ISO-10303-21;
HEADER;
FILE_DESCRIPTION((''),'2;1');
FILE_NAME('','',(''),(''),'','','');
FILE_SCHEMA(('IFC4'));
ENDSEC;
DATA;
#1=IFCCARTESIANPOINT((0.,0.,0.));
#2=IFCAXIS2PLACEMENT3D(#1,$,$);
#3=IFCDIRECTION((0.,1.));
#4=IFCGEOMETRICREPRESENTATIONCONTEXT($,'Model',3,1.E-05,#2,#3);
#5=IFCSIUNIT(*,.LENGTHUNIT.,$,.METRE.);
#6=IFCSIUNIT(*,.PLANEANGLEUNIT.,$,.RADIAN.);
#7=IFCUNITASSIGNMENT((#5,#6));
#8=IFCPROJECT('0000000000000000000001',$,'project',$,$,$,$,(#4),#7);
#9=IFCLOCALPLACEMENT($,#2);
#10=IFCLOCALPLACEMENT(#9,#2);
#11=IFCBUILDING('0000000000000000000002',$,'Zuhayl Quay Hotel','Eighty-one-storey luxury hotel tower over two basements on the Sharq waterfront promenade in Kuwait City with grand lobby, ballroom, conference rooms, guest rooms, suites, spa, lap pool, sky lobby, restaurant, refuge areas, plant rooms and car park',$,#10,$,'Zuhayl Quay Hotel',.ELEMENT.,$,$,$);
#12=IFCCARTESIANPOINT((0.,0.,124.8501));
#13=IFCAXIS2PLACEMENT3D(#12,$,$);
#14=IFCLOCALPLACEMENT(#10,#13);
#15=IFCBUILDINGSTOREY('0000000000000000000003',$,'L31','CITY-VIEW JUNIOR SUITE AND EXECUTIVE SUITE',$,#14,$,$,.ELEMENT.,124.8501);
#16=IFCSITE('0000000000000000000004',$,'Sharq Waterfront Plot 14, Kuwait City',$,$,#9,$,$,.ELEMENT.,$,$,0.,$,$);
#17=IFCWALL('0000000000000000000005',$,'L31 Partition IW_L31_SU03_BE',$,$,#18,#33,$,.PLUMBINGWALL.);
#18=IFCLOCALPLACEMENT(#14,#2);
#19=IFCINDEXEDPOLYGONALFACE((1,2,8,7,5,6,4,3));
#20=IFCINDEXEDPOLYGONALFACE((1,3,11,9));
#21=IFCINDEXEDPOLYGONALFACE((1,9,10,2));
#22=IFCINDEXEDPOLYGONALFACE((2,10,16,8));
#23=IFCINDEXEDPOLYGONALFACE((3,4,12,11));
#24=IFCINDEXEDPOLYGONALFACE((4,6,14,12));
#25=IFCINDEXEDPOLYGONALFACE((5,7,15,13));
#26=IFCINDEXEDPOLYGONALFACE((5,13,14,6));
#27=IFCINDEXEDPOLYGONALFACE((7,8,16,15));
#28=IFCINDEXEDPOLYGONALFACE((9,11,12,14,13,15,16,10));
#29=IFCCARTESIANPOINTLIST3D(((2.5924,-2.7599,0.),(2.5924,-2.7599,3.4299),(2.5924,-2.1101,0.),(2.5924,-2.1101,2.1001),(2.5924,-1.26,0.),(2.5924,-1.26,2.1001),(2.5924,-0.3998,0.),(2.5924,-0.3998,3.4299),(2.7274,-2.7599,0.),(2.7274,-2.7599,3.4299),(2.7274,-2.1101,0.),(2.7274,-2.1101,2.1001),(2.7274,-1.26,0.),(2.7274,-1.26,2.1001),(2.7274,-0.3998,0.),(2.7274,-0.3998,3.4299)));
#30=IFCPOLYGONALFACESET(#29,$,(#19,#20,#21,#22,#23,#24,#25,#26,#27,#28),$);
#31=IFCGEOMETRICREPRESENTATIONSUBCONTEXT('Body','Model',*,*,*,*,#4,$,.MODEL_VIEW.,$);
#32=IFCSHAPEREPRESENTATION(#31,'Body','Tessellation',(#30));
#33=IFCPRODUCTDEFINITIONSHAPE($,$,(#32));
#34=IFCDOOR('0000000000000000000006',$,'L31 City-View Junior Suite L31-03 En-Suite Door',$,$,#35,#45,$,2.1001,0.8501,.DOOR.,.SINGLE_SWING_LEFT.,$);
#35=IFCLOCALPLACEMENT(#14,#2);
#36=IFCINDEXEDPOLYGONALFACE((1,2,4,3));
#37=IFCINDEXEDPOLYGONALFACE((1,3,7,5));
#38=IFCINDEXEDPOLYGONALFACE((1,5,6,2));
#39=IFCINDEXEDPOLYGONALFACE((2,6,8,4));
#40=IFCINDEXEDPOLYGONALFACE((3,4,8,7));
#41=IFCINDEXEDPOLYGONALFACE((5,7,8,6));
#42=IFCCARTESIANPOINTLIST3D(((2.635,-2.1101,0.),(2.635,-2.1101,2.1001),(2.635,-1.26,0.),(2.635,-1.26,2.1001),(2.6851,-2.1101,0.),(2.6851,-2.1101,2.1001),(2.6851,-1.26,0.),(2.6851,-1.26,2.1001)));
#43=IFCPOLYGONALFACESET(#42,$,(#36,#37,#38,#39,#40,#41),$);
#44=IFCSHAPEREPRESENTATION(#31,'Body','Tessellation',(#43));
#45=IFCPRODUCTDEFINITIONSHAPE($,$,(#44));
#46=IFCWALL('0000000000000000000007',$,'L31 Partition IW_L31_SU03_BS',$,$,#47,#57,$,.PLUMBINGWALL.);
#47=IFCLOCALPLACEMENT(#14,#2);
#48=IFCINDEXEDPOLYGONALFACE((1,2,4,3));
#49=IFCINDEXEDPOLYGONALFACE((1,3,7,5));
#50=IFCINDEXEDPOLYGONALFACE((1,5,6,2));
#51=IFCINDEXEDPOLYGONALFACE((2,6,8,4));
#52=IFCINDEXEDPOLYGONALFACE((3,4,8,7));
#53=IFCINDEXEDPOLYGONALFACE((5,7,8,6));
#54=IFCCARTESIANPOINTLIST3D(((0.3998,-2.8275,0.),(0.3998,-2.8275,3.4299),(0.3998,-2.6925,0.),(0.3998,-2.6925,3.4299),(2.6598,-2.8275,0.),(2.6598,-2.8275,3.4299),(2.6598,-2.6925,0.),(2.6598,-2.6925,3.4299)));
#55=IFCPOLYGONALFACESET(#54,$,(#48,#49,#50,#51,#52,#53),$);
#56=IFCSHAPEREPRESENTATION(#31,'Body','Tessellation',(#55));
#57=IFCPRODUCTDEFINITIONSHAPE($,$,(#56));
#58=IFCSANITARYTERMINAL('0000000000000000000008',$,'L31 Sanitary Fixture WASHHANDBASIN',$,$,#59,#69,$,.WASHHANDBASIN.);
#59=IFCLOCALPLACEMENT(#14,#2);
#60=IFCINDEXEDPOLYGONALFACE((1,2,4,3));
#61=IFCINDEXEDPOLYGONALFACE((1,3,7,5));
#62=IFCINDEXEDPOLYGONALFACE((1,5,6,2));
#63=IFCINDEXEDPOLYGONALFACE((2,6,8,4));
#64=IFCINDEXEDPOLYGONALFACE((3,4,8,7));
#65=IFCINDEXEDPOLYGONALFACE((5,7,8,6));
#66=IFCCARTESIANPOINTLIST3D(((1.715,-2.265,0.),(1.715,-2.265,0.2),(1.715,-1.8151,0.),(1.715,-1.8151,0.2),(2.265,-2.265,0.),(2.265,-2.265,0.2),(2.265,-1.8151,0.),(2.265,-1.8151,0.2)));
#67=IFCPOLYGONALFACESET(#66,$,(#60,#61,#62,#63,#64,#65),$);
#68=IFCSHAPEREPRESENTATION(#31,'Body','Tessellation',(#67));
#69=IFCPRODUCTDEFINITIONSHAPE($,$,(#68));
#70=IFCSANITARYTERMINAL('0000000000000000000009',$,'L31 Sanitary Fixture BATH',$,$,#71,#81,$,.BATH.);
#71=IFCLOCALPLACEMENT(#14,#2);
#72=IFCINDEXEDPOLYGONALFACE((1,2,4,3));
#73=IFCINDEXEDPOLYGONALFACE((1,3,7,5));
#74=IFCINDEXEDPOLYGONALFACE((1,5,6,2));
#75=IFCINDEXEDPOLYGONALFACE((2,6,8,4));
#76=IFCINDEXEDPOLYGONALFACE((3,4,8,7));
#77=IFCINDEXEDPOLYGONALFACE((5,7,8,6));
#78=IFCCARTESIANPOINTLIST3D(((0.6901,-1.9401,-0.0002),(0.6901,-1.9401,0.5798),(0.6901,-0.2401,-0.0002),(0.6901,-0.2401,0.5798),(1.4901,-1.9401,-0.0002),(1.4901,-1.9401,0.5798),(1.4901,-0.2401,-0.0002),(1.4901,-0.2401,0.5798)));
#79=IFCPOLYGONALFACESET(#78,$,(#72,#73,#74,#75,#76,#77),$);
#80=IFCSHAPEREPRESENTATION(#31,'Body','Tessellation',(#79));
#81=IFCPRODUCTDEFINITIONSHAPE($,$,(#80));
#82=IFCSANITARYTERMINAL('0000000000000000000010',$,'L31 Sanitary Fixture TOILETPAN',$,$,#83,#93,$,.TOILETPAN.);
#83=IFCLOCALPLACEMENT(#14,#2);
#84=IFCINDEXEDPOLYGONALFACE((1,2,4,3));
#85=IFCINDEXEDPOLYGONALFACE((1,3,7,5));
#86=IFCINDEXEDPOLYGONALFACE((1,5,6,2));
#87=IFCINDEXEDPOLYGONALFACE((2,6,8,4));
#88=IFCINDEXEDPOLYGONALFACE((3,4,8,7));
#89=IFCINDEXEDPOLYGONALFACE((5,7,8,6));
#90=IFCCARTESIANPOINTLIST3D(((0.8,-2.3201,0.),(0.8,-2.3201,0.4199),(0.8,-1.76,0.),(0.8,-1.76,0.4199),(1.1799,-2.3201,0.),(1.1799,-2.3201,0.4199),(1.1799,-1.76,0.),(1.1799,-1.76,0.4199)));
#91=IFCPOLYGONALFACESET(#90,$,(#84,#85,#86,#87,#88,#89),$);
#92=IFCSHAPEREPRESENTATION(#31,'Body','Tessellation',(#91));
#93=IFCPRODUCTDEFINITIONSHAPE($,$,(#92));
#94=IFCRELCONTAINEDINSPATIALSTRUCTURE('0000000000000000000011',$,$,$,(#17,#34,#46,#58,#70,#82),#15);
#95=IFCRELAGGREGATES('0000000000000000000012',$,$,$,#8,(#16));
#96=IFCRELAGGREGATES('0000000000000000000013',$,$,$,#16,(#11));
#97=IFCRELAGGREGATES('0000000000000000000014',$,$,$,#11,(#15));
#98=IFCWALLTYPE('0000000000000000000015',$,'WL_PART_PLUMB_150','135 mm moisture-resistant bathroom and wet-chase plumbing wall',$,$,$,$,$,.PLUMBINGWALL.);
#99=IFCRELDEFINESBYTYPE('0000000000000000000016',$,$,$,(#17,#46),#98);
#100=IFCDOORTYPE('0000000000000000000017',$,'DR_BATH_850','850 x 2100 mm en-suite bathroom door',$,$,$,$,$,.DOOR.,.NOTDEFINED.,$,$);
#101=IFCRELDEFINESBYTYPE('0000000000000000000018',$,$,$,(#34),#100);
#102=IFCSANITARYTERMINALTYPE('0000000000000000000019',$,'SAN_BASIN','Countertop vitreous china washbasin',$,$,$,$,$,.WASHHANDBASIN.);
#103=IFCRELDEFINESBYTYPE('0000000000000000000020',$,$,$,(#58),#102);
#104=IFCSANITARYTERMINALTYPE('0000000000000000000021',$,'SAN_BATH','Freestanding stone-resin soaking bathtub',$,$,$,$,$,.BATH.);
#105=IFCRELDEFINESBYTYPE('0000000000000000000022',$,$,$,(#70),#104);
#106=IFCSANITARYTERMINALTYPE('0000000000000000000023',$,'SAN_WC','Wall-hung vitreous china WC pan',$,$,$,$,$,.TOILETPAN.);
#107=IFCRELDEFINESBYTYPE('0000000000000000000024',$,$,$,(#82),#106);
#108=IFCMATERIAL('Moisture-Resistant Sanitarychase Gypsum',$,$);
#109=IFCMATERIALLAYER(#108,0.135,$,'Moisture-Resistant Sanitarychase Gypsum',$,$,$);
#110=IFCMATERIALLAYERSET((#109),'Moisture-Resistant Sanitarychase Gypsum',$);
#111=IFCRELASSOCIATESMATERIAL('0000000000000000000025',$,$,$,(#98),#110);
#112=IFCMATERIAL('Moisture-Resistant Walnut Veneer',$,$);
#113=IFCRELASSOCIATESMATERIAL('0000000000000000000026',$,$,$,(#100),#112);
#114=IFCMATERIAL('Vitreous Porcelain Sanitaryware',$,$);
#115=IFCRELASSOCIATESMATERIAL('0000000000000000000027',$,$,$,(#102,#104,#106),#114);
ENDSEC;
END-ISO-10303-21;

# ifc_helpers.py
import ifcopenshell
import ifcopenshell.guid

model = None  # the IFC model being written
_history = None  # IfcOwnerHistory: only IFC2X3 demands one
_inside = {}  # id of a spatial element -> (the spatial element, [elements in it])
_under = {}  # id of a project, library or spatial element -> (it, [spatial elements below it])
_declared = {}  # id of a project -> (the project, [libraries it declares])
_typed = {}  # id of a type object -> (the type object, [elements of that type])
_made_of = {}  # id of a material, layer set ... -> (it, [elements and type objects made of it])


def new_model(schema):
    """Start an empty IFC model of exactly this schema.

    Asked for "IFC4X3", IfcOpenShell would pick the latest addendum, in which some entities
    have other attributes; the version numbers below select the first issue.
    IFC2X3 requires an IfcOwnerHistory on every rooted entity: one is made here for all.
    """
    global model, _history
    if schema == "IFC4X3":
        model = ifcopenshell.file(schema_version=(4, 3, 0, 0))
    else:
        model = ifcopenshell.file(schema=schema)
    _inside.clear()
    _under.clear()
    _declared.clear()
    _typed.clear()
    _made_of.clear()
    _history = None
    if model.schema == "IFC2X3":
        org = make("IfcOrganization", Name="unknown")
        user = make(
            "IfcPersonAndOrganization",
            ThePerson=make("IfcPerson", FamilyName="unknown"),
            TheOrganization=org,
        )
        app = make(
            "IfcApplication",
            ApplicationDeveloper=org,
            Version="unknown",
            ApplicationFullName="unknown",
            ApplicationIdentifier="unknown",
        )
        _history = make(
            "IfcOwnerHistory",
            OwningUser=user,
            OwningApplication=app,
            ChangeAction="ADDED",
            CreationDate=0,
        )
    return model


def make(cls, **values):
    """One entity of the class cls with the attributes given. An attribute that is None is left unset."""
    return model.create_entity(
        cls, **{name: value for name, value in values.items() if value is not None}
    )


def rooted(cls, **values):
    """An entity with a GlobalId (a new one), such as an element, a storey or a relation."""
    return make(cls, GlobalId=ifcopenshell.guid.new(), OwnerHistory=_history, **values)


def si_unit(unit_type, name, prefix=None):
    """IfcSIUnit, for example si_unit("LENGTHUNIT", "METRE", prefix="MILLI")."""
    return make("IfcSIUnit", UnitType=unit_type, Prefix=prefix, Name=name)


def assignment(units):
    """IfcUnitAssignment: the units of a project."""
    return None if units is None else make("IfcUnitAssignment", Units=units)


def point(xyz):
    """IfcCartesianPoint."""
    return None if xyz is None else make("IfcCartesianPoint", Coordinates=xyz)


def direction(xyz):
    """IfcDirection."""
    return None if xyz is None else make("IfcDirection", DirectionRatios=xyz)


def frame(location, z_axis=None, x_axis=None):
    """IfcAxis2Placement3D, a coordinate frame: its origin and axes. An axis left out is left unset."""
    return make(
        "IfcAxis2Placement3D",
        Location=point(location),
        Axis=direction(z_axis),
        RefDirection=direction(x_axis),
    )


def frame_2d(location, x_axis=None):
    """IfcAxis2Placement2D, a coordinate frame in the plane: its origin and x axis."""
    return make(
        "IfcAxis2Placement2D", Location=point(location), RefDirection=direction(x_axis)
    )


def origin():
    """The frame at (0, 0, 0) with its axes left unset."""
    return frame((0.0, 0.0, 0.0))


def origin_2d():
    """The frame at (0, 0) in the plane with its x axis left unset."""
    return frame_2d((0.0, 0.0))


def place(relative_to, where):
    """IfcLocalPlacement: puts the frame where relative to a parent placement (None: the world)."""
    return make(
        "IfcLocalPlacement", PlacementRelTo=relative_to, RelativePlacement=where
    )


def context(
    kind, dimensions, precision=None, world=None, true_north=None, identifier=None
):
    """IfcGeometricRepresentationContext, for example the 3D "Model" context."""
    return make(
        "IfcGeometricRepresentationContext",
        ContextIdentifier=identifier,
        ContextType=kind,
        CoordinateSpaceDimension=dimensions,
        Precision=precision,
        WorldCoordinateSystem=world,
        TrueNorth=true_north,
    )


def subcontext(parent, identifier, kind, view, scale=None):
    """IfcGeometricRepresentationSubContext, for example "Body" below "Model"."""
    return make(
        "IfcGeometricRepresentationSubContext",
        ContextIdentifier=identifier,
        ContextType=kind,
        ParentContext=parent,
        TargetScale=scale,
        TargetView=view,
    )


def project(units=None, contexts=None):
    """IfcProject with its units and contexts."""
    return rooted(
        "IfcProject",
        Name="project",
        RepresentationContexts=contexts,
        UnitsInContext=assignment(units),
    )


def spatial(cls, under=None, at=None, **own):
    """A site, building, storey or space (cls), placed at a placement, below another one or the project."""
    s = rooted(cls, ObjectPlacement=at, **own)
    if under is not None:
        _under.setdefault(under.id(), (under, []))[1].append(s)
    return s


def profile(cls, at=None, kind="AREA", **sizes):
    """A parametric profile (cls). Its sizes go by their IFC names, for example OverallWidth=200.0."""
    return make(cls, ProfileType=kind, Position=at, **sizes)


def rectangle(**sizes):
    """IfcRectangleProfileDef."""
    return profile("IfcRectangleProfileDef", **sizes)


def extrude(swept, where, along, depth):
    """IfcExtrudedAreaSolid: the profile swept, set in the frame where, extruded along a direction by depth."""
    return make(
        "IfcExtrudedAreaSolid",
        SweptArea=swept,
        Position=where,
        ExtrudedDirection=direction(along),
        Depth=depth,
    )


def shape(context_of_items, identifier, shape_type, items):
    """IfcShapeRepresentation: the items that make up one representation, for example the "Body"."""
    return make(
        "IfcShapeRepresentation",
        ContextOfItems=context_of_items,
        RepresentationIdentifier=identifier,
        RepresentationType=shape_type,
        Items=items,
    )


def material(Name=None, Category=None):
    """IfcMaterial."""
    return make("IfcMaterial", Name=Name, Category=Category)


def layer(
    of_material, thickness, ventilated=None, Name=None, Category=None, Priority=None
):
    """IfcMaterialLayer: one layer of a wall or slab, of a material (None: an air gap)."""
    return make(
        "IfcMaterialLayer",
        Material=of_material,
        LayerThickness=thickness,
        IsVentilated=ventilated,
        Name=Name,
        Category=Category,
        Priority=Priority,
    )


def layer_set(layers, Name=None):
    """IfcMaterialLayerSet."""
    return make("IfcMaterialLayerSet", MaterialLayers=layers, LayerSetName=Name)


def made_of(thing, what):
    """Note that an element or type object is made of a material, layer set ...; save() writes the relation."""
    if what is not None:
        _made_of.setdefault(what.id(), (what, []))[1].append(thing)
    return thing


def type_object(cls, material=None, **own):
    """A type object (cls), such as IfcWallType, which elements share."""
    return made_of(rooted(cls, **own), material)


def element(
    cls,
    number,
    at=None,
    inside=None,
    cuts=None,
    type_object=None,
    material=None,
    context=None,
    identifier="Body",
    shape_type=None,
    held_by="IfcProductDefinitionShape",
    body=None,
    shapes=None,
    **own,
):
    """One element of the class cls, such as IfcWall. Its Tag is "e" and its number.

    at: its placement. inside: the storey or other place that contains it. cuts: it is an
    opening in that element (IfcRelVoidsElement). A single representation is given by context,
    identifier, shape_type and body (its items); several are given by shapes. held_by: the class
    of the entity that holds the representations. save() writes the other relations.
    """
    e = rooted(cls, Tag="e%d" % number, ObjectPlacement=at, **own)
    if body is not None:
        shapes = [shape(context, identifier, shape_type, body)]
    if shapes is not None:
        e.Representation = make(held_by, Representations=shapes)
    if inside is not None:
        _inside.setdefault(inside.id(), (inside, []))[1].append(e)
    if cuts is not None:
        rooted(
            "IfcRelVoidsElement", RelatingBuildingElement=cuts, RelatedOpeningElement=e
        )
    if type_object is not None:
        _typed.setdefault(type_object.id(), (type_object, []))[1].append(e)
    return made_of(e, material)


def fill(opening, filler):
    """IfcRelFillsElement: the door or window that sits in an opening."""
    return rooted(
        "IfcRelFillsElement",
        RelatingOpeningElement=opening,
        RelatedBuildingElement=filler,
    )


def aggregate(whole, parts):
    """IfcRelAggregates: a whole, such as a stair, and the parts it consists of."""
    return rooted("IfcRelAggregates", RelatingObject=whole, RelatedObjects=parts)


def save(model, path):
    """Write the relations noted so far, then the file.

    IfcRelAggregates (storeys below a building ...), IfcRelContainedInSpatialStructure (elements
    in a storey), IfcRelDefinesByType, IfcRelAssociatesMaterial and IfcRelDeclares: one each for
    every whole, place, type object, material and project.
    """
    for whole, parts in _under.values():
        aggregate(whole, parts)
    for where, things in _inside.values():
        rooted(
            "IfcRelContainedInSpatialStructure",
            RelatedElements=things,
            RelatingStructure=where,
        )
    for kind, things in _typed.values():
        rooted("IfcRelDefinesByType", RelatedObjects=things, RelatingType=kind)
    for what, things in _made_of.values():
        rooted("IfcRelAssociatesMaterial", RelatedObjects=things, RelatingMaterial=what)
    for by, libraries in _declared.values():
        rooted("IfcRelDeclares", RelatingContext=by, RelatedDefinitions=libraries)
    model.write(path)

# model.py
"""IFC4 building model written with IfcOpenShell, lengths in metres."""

from ifc_helpers import new_model, si_unit, direction, frame, frame_2d, origin, origin_2d, place, context, subcontext, project, spatial, rectangle, extrude, material, layer, layer_set, type_object, element, fill, save


model = new_model("IFC4")

# Units and contexts
model_context = context("Model", 3, precision=1e-05, world=origin(), true_north=direction((0.0, 1.0)))
body_context = subcontext(model_context, "Body", "Model", "MODEL_VIEW")
ifc_project = project(units=[si_unit("LENGTHUNIT", "METRE"), si_unit("PLANEANGLEUNIT", "RADIAN")], contexts=[model_context])

# Site, building, storey
site_placement = place(None, origin())
site = spatial("IfcSite", under=ifc_project, at=site_placement, Name="Sharq Waterfront Plot 14, Kuwait City", CompositionType="ELEMENT", RefElevation=0.0)
building_placement = place(site_placement, origin())
building = spatial("IfcBuilding", under=site, at=building_placement, Name="Zuhayl Quay Hotel", Description="Eighty-one-storey luxury hotel tower over two basements on the Sharq waterfront promenade in Kuwait City with grand lobby, ballroom, conference rooms, guest rooms, suites, spa, lap pool, sky lobby, restaurant, refuge areas, plant rooms and car park", LongName="Zuhayl Quay Hotel", CompositionType="ELEMENT")
storey_placement = place(building_placement, frame((0.0, 0.0, 124.8501)))
storey = spatial("IfcBuildingStorey", under=building, at=storey_placement, Name="L31", Description="CITY-VIEW JUNIOR SUITE AND EXECUTIVE SUITE", CompositionType="ELEMENT", Elevation=124.8501)

# Wall, opening, door
ifc_material_1 = material(Name="Moisture-Resistant Sanitarychase Gypsum")
ifc_layer_1 = layer(ifc_material_1, 0.135, Name="Moisture-Resistant Sanitarychase Gypsum")
ifc_layer_set_1 = layer_set([ifc_layer_1], Name="Moisture-Resistant Sanitarychase Gypsum")
wall_type_1 = type_object("IfcWallType", Name="WL_PART_PLUMB_150", Description="135 mm moisture-resistant bathroom and wet-chase plumbing wall", PredefinedType="PLUMBINGWALL", material=ifc_layer_set_1)
wall_1_placement = place(storey_placement, frame((2.6599, -2.76, 0.0), z_axis=(0.0, 0.0, 1.0), x_axis=(0.0, 1.0, 0.0)))
wall_1 = element("IfcWall", 1, at=wall_1_placement, inside=storey, type_object=wall_type_1, Name="L31 Partition IW_L31_SU03_BE", PredefinedType="PLUMBINGWALL", context=body_context, shape_type="SweptSolid", body=[
    extrude(rectangle(XDim=2.3601, YDim=0.135, at=frame_2d((1.1802, 0.0))), origin(), (0.0, 0.0, 1.0), 3.4299),
])
opening_1_placement = place(wall_1_placement, frame((0.6499, 0.0, 0.0)))
opening_1 = element("IfcOpeningElement", 2, at=opening_1_placement, cuts=wall_1, PredefinedType="OPENING", context=body_context, shape_type="SweptSolid", body=[
    extrude(rectangle(XDim=0.8501, YDim=2.1001, at=frame_2d((0.425, 1.05))), frame((0.0, 0.0774, 0.0), z_axis=(0.0, -1.0, 0.0), x_axis=(1.0, 0.0, 0.0)), (0.0, 0.0, 1.0), 0.155),
])
ifc_material_2 = material(Name="Moisture-Resistant Walnut Veneer")
door_type_1 = type_object("IfcDoorType", Name="DR_BATH_850", Description="850 x 2100 mm en-suite bathroom door", OperationType="NOTDEFINED", PredefinedType="DOOR", material=ifc_material_2)
door_1_placement = place(opening_1_placement, origin())
door_1 = element("IfcDoor", 3, at=door_1_placement, inside=storey, type_object=door_type_1, Name="L31 City-View Junior Suite L31-03 En-Suite Door", OperationType="SINGLE_SWING_LEFT", OverallHeight=2.1001, OverallWidth=0.8501, PredefinedType="DOOR", context=body_context, shape_type="SweptSolid", body=[
    extrude(rectangle(XDim=0.8501, YDim=2.1001, at=frame_2d((0.425, 1.05))), frame((0.0, 0.0249, 0.0), z_axis=(0.0, -1.0, 0.0), x_axis=(1.0, 0.0, 0.0)), (0.0, 0.0, 1.0), 0.05),
])
fill(opening_1, door_1)

# Wall
wall_2_placement = place(storey_placement, frame((0.3999, -2.76, 0.0), z_axis=(0.0, 0.0, 1.0), x_axis=(1.0, 0.0, 0.0)))
element("IfcWall", 4, at=wall_2_placement, inside=storey, type_object=wall_type_1, Name="L31 Partition IW_L31_SU03_BS", PredefinedType="PLUMBINGWALL", context=body_context, shape_type="SweptSolid", body=[
    extrude(rectangle(XDim=2.26, YDim=0.135, at=frame_2d((1.1299, 0.0))), origin(), (0.0, 0.0, 1.0), 3.4299),
])

# Sanitary terminals
ifc_material_3 = material(Name="Vitreous Porcelain Sanitaryware")
sanitary_terminal_type_1 = type_object("IfcSanitaryTerminalType", Name="SAN_BASIN", Description="Countertop vitreous china washbasin", PredefinedType="WASHHANDBASIN", material=ifc_material_3)
sanitary_terminal_1_placement = place(storey_placement, frame((1.99, -2.04, 0.0), z_axis=(0.0, 0.0, 1.0), x_axis=(1.0, 0.0, 0.0)))
element("IfcSanitaryTerminal", 5, at=sanitary_terminal_1_placement, inside=storey, type_object=sanitary_terminal_type_1, Name="L31 Sanitary Fixture WASHHANDBASIN", PredefinedType="WASHHANDBASIN", context=body_context, shape_type="SweptSolid", body=[
    extrude(rectangle(XDim=0.55, YDim=0.45, at=origin_2d()), origin(), (0.0, 0.0, 1.0), 0.2),
])
sanitary_terminal_type_2 = type_object("IfcSanitaryTerminalType", Name="SAN_BATH", Description="Freestanding stone-resin soaking bathtub", PredefinedType="BATH", material=ifc_material_3)
sanitary_terminal_2_placement = place(storey_placement, frame((1.0901, -1.0901, -0.0002), z_axis=(0.0, 0.0, 1.0), x_axis=(1.0, 0.0, 0.0)))
element("IfcSanitaryTerminal", 6, at=sanitary_terminal_2_placement, inside=storey, type_object=sanitary_terminal_type_2, Name="L31 Sanitary Fixture BATH", PredefinedType="BATH", context=body_context, shape_type="SweptSolid", body=[
    extrude(rectangle(XDim=0.8, YDim=1.7, at=origin_2d()), origin(), (0.0, 0.0, 1.0), 0.5801),
])
sanitary_terminal_type_3 = type_object("IfcSanitaryTerminalType", Name="SAN_WC", Description="Wall-hung vitreous china WC pan", PredefinedType="TOILETPAN", material=ifc_material_3)
sanitary_terminal_3_placement = place(storey_placement, frame((0.99, -2.04, 0.0), z_axis=(0.0, 0.0, 1.0), x_axis=(1.0, 0.0, 0.0)))
element("IfcSanitaryTerminal", 7, at=sanitary_terminal_3_placement, inside=storey, type_object=sanitary_terminal_type_3, Name="L31 Sanitary Fixture TOILETPAN", PredefinedType="TOILETPAN", context=body_context, shape_type="SweptSolid", body=[
    extrude(rectangle(XDim=0.3799, YDim=0.5601, at=origin_2d()), origin(), (0.0, 0.0, 1.0), 0.4199),
])

save(model, "model.ifc")
